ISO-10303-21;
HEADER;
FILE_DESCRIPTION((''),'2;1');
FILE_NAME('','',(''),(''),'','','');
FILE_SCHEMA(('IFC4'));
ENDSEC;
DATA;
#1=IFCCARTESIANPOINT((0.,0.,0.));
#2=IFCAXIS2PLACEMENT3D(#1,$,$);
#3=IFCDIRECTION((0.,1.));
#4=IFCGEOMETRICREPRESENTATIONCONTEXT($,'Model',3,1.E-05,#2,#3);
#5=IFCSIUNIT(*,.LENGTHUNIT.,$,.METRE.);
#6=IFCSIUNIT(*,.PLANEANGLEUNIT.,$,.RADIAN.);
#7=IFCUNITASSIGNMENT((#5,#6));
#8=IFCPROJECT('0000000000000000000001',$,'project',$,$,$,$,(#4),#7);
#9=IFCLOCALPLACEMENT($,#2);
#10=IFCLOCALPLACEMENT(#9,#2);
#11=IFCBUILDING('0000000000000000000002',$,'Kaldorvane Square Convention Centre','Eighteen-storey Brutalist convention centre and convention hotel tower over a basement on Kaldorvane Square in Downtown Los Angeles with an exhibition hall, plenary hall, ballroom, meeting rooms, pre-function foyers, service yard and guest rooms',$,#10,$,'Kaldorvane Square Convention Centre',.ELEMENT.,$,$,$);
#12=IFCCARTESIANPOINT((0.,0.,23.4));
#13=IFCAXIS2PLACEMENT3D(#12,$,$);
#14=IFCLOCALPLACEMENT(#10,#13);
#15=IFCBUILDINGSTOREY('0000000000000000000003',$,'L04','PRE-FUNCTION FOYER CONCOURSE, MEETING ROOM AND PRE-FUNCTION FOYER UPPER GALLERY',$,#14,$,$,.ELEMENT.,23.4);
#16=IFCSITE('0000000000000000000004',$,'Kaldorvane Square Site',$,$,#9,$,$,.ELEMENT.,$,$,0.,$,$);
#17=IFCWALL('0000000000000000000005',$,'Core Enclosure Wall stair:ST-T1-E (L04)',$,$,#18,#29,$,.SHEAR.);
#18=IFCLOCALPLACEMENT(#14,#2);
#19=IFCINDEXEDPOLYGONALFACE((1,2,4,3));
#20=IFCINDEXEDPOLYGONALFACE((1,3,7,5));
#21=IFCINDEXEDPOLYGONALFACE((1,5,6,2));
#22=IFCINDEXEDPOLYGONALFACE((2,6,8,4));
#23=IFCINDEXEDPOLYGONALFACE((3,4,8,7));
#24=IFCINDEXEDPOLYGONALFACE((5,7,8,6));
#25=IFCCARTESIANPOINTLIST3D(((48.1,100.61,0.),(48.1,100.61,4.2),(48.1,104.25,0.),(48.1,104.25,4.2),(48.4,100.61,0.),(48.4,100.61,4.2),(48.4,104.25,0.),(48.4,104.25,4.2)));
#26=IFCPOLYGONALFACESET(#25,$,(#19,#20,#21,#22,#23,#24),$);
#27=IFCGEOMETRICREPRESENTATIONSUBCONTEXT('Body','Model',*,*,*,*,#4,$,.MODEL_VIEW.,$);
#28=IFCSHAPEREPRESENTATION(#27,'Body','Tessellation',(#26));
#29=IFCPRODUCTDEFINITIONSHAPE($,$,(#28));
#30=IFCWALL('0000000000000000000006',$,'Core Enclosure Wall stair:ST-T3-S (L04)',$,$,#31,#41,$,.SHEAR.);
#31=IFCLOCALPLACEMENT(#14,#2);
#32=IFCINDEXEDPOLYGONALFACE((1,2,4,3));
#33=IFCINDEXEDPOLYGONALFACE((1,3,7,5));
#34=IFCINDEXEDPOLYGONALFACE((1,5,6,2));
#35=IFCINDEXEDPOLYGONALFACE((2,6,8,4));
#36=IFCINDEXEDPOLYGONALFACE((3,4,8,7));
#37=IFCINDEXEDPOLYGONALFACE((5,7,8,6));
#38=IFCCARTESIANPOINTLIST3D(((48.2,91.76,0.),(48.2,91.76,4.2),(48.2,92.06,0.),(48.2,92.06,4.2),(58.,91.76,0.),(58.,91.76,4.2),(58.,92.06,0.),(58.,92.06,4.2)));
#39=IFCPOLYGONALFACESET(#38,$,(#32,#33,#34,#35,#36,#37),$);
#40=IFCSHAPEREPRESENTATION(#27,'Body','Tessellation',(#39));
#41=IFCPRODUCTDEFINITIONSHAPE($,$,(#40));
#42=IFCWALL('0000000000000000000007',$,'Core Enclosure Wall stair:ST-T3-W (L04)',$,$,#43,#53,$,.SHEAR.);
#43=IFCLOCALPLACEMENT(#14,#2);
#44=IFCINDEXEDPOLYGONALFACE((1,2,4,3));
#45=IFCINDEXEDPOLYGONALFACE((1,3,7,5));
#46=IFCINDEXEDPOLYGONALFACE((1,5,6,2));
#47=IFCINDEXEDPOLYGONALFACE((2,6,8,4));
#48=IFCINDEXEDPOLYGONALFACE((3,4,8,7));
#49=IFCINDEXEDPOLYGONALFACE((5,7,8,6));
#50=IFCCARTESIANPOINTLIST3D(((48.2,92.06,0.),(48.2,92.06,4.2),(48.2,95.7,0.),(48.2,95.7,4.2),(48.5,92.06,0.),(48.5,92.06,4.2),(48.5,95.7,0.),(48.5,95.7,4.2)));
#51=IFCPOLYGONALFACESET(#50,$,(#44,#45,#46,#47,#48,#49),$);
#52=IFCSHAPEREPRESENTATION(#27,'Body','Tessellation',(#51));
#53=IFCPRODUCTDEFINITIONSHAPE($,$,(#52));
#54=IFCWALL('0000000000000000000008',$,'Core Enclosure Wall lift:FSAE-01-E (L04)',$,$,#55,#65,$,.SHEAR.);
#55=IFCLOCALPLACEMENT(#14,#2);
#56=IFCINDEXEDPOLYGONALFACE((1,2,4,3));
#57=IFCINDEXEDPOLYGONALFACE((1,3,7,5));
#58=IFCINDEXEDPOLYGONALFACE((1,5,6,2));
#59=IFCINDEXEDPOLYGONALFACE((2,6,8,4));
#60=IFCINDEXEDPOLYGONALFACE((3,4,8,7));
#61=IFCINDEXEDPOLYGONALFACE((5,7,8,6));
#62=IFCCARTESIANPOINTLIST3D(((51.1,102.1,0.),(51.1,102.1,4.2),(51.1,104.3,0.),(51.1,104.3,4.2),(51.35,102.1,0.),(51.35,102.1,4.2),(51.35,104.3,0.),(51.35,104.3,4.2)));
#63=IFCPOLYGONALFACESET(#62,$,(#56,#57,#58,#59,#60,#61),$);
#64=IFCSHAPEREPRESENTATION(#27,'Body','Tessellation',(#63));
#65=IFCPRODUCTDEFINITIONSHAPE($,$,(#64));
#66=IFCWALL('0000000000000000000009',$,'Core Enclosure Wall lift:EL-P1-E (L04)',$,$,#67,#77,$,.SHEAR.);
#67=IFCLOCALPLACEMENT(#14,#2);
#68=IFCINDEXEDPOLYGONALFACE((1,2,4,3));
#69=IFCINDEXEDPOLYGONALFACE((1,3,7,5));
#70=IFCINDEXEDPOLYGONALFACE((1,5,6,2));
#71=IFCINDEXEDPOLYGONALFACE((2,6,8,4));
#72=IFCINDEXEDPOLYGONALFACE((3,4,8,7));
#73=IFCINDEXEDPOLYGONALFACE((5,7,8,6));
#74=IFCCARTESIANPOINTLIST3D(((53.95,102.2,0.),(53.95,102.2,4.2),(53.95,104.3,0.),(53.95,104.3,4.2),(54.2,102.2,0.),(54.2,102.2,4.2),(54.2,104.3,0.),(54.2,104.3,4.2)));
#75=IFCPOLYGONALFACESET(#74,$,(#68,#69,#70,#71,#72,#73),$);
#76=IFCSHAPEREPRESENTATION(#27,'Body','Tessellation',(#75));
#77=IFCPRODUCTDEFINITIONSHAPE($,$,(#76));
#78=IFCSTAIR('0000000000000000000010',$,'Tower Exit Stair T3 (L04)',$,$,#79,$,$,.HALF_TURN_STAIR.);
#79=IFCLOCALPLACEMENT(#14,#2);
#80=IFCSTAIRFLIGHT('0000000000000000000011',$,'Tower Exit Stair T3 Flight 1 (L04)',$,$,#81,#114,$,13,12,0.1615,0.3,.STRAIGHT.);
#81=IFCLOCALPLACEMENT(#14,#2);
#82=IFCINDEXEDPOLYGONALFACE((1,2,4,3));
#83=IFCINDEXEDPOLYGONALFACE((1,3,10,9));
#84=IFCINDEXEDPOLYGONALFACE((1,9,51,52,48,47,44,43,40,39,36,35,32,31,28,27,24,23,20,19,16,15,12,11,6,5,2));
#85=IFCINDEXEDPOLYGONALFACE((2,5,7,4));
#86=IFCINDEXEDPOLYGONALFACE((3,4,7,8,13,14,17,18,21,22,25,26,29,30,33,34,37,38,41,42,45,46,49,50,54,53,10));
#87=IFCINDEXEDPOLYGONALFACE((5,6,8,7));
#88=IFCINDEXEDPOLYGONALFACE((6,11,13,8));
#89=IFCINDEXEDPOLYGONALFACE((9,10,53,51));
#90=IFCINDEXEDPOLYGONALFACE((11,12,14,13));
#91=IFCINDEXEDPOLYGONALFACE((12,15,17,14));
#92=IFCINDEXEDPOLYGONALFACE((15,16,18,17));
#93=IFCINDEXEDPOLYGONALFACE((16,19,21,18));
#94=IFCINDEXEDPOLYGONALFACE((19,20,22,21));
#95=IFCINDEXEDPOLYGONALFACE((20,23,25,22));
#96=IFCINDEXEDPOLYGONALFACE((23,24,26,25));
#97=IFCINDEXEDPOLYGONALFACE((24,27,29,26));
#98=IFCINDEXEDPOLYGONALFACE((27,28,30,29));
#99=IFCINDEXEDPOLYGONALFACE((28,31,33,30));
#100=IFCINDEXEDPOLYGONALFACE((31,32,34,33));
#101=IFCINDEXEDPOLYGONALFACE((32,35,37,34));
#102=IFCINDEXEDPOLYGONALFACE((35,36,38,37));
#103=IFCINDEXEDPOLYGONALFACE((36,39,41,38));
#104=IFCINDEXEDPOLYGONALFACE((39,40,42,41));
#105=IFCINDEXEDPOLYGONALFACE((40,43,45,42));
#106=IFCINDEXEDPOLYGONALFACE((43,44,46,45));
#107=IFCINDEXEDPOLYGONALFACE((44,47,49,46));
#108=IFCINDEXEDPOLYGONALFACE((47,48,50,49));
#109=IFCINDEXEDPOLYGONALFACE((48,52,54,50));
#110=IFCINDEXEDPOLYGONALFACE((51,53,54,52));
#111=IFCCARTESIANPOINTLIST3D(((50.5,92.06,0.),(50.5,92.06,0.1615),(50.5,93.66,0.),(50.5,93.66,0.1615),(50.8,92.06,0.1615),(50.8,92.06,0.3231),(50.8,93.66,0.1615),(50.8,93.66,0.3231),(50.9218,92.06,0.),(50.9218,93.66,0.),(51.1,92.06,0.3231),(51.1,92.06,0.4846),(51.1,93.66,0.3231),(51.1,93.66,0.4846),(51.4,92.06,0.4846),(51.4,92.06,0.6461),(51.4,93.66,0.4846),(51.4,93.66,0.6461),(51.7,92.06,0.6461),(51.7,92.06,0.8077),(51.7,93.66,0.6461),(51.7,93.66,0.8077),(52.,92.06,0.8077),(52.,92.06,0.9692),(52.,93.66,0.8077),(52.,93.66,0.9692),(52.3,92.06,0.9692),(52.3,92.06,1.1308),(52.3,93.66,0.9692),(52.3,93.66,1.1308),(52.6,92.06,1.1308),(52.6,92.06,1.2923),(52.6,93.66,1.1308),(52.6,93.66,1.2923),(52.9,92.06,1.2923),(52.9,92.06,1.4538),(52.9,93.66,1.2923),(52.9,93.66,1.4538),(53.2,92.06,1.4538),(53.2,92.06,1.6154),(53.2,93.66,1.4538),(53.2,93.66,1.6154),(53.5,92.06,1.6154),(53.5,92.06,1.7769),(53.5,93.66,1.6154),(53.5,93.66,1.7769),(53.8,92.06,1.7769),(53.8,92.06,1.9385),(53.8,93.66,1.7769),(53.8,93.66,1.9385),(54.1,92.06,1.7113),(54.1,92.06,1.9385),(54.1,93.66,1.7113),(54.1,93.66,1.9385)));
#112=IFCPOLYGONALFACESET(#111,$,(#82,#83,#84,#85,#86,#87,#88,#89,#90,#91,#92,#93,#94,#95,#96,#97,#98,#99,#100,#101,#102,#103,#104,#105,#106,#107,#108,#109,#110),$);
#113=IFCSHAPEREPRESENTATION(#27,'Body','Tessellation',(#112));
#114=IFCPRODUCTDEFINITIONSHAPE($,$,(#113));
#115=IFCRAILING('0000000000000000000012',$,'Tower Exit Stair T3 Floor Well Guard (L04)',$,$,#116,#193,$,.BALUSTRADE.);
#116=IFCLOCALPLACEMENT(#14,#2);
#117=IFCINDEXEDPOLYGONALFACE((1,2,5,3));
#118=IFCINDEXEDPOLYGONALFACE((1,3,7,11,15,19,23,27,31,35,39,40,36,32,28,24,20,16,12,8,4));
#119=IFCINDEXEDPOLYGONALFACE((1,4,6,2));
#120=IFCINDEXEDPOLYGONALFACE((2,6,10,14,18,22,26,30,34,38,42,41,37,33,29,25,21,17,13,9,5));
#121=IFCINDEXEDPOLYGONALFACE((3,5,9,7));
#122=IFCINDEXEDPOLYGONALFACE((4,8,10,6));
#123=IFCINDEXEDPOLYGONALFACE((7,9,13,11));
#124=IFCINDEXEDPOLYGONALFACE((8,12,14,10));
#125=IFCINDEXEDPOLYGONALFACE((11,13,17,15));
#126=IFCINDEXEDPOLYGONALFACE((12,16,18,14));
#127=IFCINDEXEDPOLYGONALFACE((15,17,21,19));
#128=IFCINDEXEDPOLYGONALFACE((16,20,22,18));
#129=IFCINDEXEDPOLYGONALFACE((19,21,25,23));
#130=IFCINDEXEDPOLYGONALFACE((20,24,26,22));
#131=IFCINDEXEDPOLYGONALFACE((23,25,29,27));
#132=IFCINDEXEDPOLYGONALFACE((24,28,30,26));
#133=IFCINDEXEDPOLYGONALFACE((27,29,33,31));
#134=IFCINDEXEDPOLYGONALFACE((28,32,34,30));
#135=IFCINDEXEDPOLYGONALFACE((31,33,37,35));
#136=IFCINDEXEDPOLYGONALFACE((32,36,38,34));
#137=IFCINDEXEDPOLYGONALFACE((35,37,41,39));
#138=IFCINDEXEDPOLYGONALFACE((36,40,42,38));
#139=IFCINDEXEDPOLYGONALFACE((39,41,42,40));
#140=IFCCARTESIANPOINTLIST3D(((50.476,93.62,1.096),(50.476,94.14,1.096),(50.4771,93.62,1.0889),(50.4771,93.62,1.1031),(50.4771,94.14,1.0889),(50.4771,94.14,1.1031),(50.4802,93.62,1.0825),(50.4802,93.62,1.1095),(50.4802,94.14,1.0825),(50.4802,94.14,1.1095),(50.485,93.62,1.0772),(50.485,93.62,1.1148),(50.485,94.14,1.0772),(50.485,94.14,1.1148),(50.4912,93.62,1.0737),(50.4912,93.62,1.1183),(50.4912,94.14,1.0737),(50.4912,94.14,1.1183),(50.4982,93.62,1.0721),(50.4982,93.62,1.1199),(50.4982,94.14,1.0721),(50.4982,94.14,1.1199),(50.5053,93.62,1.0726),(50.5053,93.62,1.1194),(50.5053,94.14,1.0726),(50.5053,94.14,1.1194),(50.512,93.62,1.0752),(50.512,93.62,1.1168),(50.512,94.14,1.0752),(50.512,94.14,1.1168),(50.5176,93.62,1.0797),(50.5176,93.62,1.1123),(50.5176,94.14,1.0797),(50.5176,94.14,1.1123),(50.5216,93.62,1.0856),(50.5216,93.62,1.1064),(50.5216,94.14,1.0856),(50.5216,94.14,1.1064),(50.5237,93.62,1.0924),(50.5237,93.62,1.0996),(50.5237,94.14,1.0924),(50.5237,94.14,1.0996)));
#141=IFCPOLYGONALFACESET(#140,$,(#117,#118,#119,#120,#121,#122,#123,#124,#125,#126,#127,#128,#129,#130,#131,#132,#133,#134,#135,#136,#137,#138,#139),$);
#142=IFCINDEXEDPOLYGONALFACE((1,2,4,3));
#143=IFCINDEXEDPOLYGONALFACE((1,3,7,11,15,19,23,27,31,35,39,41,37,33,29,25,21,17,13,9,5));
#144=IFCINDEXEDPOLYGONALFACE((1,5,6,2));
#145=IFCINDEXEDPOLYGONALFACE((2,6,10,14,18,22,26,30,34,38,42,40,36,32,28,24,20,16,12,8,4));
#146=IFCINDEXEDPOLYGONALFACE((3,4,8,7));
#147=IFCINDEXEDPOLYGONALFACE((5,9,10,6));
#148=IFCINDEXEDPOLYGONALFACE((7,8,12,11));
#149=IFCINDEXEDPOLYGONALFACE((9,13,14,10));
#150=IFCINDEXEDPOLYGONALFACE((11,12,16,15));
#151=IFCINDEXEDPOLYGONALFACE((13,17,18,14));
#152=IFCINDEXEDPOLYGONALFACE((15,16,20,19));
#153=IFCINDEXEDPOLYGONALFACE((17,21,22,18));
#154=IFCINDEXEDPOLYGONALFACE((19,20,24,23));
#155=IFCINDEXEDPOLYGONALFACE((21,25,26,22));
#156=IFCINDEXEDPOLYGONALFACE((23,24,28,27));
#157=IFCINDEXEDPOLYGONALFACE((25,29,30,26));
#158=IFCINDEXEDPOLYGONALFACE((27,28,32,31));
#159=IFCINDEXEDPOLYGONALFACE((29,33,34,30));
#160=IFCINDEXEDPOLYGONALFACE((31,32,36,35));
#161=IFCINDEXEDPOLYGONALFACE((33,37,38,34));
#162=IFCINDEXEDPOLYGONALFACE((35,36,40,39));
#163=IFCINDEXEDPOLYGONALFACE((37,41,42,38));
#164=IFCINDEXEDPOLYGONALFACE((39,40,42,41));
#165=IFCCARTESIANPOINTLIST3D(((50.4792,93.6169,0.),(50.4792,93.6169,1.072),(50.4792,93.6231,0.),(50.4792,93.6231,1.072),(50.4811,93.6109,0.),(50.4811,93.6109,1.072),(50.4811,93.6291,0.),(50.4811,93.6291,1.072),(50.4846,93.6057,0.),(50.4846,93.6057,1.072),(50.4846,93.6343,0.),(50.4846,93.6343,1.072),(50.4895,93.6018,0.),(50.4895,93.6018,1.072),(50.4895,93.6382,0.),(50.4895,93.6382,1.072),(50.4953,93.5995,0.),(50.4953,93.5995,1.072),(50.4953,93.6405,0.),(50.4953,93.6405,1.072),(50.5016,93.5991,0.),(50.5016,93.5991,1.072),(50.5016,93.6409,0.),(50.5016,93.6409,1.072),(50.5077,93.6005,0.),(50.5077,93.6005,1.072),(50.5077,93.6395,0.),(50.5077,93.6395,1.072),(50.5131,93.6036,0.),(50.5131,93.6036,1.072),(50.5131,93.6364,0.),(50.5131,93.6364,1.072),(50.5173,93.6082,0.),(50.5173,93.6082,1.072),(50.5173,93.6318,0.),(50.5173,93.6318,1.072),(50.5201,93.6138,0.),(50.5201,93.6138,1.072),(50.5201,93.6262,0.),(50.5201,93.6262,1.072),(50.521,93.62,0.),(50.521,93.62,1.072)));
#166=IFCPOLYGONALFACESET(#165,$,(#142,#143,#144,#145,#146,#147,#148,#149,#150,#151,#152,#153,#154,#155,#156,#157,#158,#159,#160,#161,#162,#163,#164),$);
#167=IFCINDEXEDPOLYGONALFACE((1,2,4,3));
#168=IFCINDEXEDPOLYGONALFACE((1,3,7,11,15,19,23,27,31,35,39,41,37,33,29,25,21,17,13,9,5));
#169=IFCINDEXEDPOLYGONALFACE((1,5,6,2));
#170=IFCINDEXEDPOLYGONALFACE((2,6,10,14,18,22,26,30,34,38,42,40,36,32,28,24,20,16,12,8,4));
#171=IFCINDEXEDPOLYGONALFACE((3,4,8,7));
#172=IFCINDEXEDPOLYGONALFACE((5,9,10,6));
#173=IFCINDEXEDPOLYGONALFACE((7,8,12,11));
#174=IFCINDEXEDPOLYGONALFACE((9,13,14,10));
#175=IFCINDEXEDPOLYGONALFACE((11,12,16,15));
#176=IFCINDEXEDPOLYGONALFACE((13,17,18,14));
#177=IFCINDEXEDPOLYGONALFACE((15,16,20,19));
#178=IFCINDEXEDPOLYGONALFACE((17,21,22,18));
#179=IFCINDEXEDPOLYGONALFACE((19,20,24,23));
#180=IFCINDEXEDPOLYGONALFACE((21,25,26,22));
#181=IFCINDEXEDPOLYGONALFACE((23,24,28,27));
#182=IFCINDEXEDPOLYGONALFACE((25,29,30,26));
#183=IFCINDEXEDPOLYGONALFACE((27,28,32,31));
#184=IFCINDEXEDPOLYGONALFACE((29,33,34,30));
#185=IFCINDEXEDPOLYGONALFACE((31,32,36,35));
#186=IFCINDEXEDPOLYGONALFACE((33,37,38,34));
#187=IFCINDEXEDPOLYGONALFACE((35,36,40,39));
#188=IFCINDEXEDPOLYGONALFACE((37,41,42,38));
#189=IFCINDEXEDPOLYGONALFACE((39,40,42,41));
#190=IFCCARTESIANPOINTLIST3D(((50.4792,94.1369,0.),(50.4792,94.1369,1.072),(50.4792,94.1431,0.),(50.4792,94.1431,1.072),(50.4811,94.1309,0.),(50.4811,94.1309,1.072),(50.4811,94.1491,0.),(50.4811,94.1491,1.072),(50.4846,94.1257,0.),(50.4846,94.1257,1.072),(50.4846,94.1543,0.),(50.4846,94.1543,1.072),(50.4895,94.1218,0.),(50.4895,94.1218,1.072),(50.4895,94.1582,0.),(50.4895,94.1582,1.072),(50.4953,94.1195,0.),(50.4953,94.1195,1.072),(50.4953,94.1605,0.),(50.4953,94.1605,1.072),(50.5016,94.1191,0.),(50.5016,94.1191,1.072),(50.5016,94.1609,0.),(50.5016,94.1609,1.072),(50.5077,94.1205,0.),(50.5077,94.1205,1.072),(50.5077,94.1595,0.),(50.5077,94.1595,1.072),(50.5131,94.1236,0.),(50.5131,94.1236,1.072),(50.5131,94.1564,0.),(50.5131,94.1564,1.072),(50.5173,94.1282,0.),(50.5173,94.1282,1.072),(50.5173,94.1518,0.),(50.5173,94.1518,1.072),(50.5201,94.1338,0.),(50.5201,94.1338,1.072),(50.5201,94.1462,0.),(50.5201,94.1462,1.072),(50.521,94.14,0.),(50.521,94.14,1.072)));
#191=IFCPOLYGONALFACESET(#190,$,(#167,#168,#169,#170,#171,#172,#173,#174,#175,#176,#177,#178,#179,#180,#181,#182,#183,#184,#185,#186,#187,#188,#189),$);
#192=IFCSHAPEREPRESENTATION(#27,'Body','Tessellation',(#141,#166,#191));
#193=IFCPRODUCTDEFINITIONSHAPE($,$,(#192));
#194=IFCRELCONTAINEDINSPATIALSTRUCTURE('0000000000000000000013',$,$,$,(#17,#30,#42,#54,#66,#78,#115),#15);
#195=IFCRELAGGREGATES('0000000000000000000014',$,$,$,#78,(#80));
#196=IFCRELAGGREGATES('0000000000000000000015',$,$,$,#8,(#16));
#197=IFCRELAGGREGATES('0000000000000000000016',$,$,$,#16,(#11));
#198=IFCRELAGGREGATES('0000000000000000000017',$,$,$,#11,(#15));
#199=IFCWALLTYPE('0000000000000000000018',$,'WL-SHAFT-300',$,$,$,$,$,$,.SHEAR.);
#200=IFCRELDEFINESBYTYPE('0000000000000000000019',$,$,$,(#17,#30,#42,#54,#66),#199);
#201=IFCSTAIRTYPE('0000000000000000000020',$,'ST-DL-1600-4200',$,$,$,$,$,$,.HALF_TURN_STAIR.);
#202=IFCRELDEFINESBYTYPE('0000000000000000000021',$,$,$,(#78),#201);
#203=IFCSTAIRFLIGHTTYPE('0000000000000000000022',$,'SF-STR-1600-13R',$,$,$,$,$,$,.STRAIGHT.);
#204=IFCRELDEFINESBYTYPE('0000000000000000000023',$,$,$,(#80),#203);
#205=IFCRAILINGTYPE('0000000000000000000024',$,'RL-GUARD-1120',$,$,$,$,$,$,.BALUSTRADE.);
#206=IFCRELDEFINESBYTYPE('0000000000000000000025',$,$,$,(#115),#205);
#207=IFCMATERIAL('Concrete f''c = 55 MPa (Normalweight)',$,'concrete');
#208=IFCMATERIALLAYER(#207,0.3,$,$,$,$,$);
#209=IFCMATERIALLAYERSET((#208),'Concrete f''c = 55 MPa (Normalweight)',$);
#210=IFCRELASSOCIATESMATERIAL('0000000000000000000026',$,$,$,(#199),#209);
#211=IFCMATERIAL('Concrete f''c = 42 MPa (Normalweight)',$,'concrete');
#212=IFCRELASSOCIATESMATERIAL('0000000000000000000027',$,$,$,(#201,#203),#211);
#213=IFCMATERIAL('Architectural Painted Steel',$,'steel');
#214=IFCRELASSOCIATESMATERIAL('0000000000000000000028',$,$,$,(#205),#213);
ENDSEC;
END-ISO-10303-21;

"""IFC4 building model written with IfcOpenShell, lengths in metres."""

from ifc_helpers import new_model, si_unit, direction, frame, frame_2d, origin, origin_2d, place, context, subcontext, project, spatial, polyline, rectangle, circle, outline, extrude, material, layer, layer_set, type_object, element, aggregate, save


model = new_model("IFC4")

# Units and contexts
model_context = context("Model", 3, precision=1e-05, world=origin(), true_north=direction((0.0, 1.0)))
body_context = subcontext(model_context, "Body", "Model", "MODEL_VIEW")
ifc_project = project(units=[si_unit("LENGTHUNIT", "METRE"), si_unit("PLANEANGLEUNIT", "RADIAN")], contexts=[model_context])

# Site, building, storey
site_placement = place(None, origin())
site = spatial("IfcSite", under=ifc_project, at=site_placement, Name="Kaldorvane Square Site", CompositionType="ELEMENT", RefElevation=0.0)
building_placement = place(site_placement, origin())
building = spatial("IfcBuilding", under=site, at=building_placement, Name="Kaldorvane Square Convention Centre", Description="Eighteen-storey Brutalist convention centre and convention hotel tower over a basement on Kaldorvane Square in Downtown Los Angeles with an exhibition hall, plenary hall, ballroom, meeting rooms, pre-function foyers, service yard and guest rooms", LongName="Kaldorvane Square Convention Centre", CompositionType="ELEMENT")
storey_placement = place(building_placement, frame((0.0, 0.0, 23.4)))
storey = spatial("IfcBuildingStorey", under=building, at=storey_placement, Name="L04", Description="PRE-FUNCTION FOYER CONCOURSE, MEETING ROOM AND PRE-FUNCTION FOYER UPPER GALLERY", CompositionType="ELEMENT", Elevation=23.4)

# Walls
ifc_material_1 = material(Name="Concrete f'c = 55 MPa (Normalweight)", Category="concrete")
ifc_layer = layer(ifc_material_1, 0.3)
ifc_layer_set = layer_set([ifc_layer], Name="Concrete f'c = 55 MPa (Normalweight)")
wall_type = type_object("IfcWallType", Name="WL-SHAFT-300", PredefinedType="SHEAR", material=ifc_layer_set)
wall_1_placement = place(storey_placement, frame((48.25, 100.61, 0.0), z_axis=(0.0, 0.0, 1.0), x_axis=(0.0, 1.0, 0.0)))
element("IfcWall", 1, at=wall_1_placement, inside=storey, type_object=wall_type, Name="Core Enclosure Wall stair:ST-T1-E (L04)", PredefinedType="SHEAR", context=body_context, shape_type="SweptSolid", body=[
    extrude(rectangle(XDim=3.64, YDim=0.3, at=frame_2d((1.82, 0.0))), origin(), (0.0, 0.0, 1.0), 4.2),
])
wall_2_placement = place(storey_placement, frame((48.2, 91.91, 0.0), z_axis=(0.0, 0.0, 1.0), x_axis=(1.0, 0.0, 0.0)))
element("IfcWall", 2, at=wall_2_placement, inside=storey, type_object=wall_type, Name="Core Enclosure Wall stair:ST-T3-S (L04)", PredefinedType="SHEAR", context=body_context, shape_type="SweptSolid", body=[
    extrude(rectangle(XDim=9.8, YDim=0.3, at=frame_2d((4.9, 0.0))), origin(), (0.0, 0.0, 1.0), 4.2),
])
wall_3_placement = place(storey_placement, frame((48.35, 95.7, 0.0), z_axis=(0.0, 0.0, 1.0), x_axis=(0.0, -1.0, 0.0)))
element("IfcWall", 3, at=wall_3_placement, inside=storey, type_object=wall_type, Name="Core Enclosure Wall stair:ST-T3-W (L04)", PredefinedType="SHEAR", context=body_context, shape_type="SweptSolid", body=[
    extrude(rectangle(XDim=3.64, YDim=0.3, at=frame_2d((1.82, 0.0))), origin(), (0.0, 0.0, 1.0), 4.2),
])

# Wall
wall_4_placement = place(storey_placement, frame((51.225, 102.1, 0.0), z_axis=(0.0, 0.0, 1.0), x_axis=(0.0, 1.0, 0.0)))
element("IfcWall", 4, at=wall_4_placement, inside=storey, type_object=wall_type, Name="Core Enclosure Wall lift:FSAE-01-E (L04)", PredefinedType="SHEAR", context=body_context, shape_type="SweptSolid", body=[
    extrude(rectangle(XDim=2.2, YDim=0.25, at=frame_2d((1.1, 0.0))), origin(), (0.0, 0.0, 1.0), 4.2),
])

# Wall
wall_5_placement = place(storey_placement, frame((54.075, 102.2, 0.0), z_axis=(0.0, 0.0, 1.0), x_axis=(0.0, 1.0, 0.0)))
element("IfcWall", 5, at=wall_5_placement, inside=storey, type_object=wall_type, Name="Core Enclosure Wall lift:EL-P1-E (L04)", PredefinedType="SHEAR", context=body_context, shape_type="SweptSolid", body=[
    extrude(rectangle(XDim=2.1, YDim=0.25, at=frame_2d((1.05, 0.0))), origin(), (0.0, 0.0, 1.0), 4.2),
])

# Stair, stair flight
ifc_material_2 = material(Name="Concrete f'c = 42 MPa (Normalweight)", Category="concrete")
stair_type = type_object("IfcStairType", Name="ST-DL-1600-4200", PredefinedType="HALF_TURN_STAIR", material=ifc_material_2)
stair_placement = place(storey_placement, origin())
stair = element("IfcStair", 6, at=stair_placement, inside=storey, type_object=stair_type, Name="Tower Exit Stair T3 (L04)", PredefinedType="HALF_TURN_STAIR")
stair_flight_type = type_object("IfcStairFlightType", Name="SF-STR-1600-13R", PredefinedType="STRAIGHT", material=ifc_material_2)
stair_flight_placement = place(storey_placement, frame((50.5, 92.86, 0.0), z_axis=(0.0, 0.0, 1.0), x_axis=(1.0, 0.0, 0.0)))
stair_flight = element("IfcStairFlight", 7, at=stair_flight_placement, type_object=stair_flight_type, Name="Tower Exit Stair T3 Flight 1 (L04)", NumberOfRisers=13, NumberOfTreads=12, PredefinedType="STRAIGHT", RiserHeight=0.1615, TreadLength=0.3, context=body_context, shape_type="SweptSolid", body=[
    extrude(outline(polyline([(0.0, 0.0), (0.0, 0.1615), (0.3, 0.1615), (0.3, 0.3231), (0.6, 0.3231), (0.6, 0.4846), (0.9, 0.4846), (0.9, 0.6461), (1.2, 0.6461), (1.2, 0.8077), (1.5, 0.8077), (1.5, 0.9692), (1.8, 0.9692), (1.8, 1.1308), (2.1, 1.1308), (2.1, 1.2923), (2.4, 1.2923), (2.4, 1.4538), (2.7, 1.4538), (2.7, 1.6154), (3.0, 1.6154), (3.0, 1.7769), (3.3, 1.7769), (3.3, 1.9385), (3.6, 1.9385), (3.6, 2.1), (3.6, 1.7113), (0.4218, 0.0), (0.0, 0.0)])), frame((0.0, 0.8, 0.0), z_axis=(0.0, -1.0, 0.0), x_axis=(1.0, 0.0, 0.0)), (0.0, 0.0, 1.0), 1.6),
])
aggregate(stair, [stair_flight])

# Railing
ifc_material_3 = material(Name="Architectural Painted Steel", Category="steel")
railing_type_1 = type_object("IfcRailingType", Name="RL-GUARD-1120", PredefinedType="BALUSTRADE", material=ifc_material_3)
for number, where, name in (
    (8, (50.5, 93.62, 0.0), "Tower Exit Stair T3 Floor Well Guard (L04)"),
):
    element("IfcRailing", number, at=place(storey_placement, frame(where)), inside=storey, type_object=railing_type_1, Name=name, PredefinedType="BALUSTRADE", context=body_context, shape_type="SweptSolid", body=[
        extrude(circle(Radius=0.024, at=origin_2d()), frame((0.0, 0.0, 1.096), z_axis=(0.0, 1.0, 0.0), x_axis=(-1.0, 0.0, 0.0)), (0.0, 0.0, 1.0), 0.52),
        extrude(circle(Radius=0.021, at=origin_2d()), origin(), (0.0, 0.0, 1.0), 1.072),
        extrude(circle(Radius=0.021, at=origin_2d()), frame((0.0, 0.52, 0.0)), (0.0, 0.0, 1.0), 1.072),
    ])

save(model, "model.ifc")
